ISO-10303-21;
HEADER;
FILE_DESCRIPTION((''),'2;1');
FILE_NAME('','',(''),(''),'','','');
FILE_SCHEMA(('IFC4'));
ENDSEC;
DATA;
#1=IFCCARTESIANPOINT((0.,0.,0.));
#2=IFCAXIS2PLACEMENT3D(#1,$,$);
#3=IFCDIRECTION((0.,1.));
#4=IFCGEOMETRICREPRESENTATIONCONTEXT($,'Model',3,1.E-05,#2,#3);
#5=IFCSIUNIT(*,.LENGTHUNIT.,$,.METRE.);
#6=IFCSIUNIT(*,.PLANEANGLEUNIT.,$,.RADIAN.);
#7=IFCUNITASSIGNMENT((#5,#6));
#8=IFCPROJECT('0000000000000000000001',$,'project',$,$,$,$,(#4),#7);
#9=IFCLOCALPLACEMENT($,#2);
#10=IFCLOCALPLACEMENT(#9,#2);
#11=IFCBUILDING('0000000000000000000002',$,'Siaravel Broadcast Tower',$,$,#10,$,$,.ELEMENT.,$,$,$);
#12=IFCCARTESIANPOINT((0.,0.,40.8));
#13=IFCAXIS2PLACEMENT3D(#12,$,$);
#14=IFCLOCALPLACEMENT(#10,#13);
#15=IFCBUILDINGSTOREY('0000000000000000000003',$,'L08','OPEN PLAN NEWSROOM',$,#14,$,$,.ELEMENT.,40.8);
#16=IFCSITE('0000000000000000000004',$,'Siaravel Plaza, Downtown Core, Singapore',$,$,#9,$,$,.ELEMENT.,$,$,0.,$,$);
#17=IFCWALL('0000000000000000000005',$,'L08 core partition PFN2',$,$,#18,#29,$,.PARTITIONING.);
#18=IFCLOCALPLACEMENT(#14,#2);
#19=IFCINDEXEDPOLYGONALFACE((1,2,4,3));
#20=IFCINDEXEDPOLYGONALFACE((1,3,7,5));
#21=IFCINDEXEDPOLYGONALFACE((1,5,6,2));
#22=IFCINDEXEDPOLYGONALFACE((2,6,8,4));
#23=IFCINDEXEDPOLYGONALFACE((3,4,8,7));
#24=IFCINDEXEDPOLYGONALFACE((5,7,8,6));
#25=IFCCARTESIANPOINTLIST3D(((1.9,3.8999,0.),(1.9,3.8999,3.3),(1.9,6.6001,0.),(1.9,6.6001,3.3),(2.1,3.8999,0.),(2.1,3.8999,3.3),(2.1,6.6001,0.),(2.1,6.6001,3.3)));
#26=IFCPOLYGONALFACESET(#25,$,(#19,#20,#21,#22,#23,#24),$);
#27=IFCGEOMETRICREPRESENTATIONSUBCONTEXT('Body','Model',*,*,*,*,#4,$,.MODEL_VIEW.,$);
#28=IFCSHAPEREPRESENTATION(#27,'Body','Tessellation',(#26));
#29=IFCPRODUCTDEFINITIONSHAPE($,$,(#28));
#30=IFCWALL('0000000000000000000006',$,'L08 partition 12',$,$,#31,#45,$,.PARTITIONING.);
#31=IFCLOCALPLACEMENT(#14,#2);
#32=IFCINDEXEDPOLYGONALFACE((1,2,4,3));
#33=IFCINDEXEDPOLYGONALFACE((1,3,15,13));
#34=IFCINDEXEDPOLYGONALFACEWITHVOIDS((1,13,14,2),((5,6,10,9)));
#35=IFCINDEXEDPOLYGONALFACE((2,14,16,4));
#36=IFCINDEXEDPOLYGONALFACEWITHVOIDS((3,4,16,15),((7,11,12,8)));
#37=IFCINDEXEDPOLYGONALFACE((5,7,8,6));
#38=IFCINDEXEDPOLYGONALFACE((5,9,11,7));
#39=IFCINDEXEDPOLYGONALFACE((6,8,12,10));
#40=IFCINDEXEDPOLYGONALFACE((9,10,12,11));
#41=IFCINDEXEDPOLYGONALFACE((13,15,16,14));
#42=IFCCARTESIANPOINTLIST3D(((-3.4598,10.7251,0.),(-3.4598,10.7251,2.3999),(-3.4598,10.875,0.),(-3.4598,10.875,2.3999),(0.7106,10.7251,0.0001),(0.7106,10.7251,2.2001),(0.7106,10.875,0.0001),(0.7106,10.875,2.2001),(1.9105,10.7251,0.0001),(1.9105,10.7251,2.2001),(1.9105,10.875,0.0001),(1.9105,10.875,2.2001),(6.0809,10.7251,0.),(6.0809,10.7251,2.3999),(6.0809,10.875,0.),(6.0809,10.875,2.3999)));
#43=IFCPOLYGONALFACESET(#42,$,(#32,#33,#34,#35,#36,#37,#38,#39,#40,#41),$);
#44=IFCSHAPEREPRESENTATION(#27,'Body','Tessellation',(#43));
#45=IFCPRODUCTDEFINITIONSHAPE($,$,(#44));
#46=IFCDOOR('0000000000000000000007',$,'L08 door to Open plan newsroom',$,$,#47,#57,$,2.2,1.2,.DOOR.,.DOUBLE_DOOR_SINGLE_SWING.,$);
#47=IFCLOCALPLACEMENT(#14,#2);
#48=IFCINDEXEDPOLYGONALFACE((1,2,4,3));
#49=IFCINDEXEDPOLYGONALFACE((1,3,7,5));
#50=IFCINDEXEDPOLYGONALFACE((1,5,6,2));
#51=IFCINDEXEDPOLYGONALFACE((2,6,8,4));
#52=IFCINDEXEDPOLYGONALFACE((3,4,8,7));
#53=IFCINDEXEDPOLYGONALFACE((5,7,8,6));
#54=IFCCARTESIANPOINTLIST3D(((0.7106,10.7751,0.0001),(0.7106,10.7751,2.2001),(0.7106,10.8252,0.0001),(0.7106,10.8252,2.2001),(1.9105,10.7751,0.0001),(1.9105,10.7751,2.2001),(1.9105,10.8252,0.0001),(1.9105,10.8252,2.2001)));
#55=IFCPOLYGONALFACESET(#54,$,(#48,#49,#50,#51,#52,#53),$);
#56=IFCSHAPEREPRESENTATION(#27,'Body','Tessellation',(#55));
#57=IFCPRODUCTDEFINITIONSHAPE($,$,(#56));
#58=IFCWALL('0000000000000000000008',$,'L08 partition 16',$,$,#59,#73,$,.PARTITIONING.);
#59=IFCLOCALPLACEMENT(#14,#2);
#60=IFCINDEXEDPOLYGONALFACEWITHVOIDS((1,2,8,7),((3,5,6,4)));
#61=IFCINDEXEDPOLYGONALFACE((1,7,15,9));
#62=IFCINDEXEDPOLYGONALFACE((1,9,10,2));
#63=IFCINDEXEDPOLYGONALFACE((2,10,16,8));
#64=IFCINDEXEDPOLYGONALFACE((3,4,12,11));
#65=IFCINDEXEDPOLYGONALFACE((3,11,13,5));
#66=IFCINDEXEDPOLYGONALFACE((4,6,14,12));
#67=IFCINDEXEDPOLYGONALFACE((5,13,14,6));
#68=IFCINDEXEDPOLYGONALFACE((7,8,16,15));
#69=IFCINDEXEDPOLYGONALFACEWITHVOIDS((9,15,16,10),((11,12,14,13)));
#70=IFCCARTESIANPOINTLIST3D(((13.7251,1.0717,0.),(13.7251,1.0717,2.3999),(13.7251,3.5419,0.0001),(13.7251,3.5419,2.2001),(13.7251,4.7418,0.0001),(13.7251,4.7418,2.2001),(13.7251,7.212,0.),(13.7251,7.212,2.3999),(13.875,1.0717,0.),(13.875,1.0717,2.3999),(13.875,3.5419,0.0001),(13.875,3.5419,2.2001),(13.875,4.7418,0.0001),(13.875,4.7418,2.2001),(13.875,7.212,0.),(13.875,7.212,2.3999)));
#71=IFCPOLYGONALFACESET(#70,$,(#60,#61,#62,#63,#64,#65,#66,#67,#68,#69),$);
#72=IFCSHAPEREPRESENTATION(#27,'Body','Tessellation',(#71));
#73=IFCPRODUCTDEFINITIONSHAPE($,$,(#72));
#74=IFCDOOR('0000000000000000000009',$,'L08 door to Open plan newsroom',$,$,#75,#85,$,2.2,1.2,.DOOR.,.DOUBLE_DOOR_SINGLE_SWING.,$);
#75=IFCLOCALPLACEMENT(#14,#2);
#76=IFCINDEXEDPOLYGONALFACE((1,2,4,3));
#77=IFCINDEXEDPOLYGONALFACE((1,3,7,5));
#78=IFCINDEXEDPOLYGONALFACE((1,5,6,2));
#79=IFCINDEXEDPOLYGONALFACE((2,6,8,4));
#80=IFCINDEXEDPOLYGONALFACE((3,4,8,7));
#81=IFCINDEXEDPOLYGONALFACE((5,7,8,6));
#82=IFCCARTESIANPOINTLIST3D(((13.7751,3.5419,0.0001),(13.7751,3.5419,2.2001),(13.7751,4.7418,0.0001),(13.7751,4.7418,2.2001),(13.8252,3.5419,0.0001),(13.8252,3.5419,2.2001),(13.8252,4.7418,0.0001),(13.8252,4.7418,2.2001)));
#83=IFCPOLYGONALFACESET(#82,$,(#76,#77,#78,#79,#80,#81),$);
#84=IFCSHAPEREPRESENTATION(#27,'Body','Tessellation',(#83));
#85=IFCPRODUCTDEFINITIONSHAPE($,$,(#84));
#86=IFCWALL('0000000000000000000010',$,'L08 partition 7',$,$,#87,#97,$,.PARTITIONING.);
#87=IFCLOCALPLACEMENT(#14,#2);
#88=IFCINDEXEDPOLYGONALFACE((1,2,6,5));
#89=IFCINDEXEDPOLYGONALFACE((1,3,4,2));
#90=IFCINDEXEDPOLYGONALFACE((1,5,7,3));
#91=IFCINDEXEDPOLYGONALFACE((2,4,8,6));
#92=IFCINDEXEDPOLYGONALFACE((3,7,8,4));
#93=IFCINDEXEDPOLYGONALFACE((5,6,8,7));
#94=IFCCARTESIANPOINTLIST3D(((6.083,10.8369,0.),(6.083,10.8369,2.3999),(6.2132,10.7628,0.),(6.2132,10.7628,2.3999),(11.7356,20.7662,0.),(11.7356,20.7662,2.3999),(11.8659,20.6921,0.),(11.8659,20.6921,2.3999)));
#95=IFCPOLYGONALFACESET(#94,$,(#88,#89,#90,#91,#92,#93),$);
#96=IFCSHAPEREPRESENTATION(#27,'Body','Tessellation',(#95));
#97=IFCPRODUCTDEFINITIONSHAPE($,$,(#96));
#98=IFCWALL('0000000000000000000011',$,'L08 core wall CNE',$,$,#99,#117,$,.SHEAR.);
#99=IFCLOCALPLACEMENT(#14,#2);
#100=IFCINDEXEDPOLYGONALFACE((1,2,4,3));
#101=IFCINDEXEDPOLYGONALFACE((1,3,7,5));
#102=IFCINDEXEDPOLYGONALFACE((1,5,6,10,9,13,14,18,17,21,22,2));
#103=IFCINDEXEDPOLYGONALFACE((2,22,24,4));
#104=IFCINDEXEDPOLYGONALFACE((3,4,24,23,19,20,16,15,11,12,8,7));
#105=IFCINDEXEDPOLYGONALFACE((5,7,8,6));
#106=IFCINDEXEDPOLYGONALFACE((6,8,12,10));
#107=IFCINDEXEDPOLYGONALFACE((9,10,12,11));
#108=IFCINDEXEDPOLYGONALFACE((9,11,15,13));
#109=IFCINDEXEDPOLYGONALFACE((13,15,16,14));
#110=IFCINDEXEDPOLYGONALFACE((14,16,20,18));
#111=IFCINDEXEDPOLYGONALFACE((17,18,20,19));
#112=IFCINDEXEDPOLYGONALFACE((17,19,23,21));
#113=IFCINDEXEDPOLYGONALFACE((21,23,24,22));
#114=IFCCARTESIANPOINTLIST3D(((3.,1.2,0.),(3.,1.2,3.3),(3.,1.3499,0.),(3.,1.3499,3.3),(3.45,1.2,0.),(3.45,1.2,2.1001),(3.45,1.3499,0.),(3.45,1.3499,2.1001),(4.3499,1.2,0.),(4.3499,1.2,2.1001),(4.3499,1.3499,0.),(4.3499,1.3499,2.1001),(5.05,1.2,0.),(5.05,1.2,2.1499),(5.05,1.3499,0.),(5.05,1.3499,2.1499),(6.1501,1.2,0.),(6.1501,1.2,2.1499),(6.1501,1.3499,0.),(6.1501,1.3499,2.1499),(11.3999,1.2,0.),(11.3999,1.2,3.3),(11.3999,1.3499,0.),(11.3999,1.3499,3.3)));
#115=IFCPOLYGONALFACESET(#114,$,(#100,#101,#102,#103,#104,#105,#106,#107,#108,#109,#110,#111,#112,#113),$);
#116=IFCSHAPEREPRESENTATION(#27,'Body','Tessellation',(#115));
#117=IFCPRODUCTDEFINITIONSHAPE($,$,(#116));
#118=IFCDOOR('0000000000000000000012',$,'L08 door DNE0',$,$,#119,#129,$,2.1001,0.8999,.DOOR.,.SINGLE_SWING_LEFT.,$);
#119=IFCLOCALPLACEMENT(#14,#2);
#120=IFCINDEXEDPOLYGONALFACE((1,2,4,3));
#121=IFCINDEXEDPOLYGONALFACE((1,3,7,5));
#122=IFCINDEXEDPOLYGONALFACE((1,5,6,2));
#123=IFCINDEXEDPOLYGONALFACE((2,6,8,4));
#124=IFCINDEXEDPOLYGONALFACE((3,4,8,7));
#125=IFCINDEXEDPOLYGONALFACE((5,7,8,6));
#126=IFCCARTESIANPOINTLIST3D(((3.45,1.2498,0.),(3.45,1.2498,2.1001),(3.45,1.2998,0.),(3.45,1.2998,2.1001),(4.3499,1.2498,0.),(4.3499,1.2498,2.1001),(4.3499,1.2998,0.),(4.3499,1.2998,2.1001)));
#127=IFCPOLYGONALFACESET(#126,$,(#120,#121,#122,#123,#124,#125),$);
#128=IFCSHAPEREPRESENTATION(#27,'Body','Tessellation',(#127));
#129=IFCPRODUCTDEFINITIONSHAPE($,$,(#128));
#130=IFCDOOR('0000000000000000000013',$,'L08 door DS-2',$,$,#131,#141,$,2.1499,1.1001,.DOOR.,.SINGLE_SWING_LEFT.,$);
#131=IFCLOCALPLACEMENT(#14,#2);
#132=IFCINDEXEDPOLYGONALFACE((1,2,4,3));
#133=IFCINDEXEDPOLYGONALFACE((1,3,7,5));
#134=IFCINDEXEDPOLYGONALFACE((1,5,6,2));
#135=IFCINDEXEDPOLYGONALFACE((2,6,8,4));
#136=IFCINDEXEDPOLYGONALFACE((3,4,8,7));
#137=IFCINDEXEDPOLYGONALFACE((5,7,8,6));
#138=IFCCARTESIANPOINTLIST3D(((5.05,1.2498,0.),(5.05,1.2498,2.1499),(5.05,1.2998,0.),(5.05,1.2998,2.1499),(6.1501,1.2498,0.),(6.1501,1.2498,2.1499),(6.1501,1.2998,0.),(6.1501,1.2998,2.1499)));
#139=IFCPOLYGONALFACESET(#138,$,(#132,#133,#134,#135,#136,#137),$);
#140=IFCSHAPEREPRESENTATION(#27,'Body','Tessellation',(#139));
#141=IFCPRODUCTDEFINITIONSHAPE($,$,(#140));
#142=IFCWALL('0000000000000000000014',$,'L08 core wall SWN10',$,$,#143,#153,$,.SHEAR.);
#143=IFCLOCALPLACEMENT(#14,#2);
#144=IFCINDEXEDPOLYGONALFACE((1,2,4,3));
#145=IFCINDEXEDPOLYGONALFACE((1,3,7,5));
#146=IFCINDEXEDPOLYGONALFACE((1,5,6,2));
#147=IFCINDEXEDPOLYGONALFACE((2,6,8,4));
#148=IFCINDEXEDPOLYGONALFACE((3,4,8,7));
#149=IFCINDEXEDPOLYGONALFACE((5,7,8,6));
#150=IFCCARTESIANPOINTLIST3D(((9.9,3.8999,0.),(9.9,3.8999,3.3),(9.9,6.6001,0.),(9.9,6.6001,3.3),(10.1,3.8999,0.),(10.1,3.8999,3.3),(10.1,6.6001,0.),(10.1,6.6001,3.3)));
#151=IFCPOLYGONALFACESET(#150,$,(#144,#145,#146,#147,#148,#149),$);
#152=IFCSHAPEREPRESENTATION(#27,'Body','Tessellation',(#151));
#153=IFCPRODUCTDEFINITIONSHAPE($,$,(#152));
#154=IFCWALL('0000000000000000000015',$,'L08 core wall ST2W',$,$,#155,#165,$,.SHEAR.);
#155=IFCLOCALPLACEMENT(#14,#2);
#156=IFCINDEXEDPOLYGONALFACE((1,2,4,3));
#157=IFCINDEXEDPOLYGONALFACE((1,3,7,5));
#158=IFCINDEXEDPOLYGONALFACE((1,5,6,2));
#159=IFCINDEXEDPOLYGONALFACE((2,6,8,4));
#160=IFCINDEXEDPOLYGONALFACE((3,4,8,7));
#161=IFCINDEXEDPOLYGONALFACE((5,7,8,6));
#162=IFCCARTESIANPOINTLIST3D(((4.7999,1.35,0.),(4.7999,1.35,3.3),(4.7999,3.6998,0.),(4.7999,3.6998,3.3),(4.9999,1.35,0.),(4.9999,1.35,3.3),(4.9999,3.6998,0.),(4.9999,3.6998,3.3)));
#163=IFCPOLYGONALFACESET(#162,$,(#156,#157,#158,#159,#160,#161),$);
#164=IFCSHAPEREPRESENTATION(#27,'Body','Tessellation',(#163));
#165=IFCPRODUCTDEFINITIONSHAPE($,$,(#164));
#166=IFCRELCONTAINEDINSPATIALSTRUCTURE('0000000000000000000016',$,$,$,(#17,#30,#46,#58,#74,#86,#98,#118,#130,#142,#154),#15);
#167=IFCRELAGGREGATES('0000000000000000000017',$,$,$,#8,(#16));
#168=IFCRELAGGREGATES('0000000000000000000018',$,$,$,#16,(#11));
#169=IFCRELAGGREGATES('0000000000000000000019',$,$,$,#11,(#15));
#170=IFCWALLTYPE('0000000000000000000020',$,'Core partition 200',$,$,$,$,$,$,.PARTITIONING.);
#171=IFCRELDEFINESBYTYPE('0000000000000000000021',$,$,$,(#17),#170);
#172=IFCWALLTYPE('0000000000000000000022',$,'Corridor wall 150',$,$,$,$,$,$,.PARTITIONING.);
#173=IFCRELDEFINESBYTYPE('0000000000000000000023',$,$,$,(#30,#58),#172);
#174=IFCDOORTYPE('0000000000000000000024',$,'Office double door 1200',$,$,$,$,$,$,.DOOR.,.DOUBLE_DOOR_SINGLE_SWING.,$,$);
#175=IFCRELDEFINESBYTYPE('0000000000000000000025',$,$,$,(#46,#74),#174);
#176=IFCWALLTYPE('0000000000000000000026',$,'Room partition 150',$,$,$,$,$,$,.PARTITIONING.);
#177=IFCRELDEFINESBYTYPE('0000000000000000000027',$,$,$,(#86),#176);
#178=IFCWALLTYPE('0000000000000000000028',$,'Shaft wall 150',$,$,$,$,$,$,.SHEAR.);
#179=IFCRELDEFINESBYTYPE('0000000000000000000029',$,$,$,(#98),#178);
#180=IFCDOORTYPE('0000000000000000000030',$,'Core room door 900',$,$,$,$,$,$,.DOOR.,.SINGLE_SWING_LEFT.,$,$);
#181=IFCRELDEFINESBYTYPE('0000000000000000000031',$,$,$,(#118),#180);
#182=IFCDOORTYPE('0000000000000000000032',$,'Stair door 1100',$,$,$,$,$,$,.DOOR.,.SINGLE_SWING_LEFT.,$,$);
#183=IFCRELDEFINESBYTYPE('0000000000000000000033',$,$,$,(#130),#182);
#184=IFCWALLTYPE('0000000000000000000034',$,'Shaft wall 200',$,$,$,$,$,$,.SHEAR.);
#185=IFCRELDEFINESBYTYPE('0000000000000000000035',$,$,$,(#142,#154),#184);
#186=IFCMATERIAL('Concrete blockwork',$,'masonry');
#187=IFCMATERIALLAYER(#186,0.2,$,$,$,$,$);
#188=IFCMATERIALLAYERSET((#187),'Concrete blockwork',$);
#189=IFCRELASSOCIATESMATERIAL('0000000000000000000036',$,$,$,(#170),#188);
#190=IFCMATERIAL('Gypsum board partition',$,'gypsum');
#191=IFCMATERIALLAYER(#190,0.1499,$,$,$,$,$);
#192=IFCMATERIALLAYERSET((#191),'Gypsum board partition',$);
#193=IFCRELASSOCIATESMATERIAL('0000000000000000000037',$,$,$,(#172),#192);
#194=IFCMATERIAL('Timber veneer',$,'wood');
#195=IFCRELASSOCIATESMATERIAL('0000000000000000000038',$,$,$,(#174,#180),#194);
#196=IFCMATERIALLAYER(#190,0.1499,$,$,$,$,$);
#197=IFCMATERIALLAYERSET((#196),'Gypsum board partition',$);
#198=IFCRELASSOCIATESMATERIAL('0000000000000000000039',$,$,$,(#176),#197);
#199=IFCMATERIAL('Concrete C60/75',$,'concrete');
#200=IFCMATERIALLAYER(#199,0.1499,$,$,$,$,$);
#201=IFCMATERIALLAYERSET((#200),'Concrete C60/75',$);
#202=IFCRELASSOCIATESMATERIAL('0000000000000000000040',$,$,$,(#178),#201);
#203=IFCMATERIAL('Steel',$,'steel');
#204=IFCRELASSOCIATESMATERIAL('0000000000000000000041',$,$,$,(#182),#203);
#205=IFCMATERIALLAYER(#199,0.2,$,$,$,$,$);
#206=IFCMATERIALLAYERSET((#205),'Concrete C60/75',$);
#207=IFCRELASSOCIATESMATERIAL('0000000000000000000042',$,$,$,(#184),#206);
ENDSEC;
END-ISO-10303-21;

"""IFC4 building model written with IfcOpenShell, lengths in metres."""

from ifc_helpers import new_model, si_unit, direction, frame, frame_2d, origin, place, context, subcontext, project, spatial, rectangle, extrude, material, layer, layer_set, type_object, element, fill, save


model = new_model("IFC4")

# Units and contexts
model_context = context("Model", 3, precision=1e-05, world=origin(), true_north=direction((0.0, 1.0)))
body_context = subcontext(model_context, "Body", "Model", "MODEL_VIEW")
ifc_project = project(units=[si_unit("LENGTHUNIT", "METRE"), si_unit("PLANEANGLEUNIT", "RADIAN")], contexts=[model_context])

# Site, building, storey
site_placement = place(None, origin())
site = spatial("IfcSite", under=ifc_project, at=site_placement, Name="Siaravel Plaza, Downtown Core, Singapore", CompositionType="ELEMENT", RefElevation=0.0)
building_placement = place(site_placement, origin())
building = spatial("IfcBuilding", under=site, at=building_placement, Name="Siaravel Broadcast Tower", CompositionType="ELEMENT")
storey_placement = place(building_placement, frame((0.0, 0.0, 40.8)))
storey = spatial("IfcBuildingStorey", under=building, at=storey_placement, Name="L08", Description="OPEN PLAN NEWSROOM", CompositionType="ELEMENT", Elevation=40.8)

# Wall
ifc_material_1 = material(Name="Concrete blockwork", Category="masonry")
ifc_layer_1 = layer(ifc_material_1, 0.2)
ifc_layer_set_1 = layer_set([ifc_layer_1], Name="Concrete blockwork")
wall_type_1 = type_object("IfcWallType", Name="Core partition 200", PredefinedType="PARTITIONING", material=ifc_layer_set_1)
wall_1_placement = place(storey_placement, frame((2.0, 3.8999, 0.0), z_axis=(0.0, 0.0, 1.0), x_axis=(0.0, 1.0, 0.0)))
element("IfcWall", 1, at=wall_1_placement, inside=storey, type_object=wall_type_1, Name="L08 core partition PFN2", PredefinedType="PARTITIONING", context=body_context, shape_type="SweptSolid", body=[
    extrude(rectangle(XDim=2.7002, YDim=0.2, at=frame_2d((1.3501, 0.0))), origin(), (0.0, 0.0, 1.0), 3.3),
])

# Walls, openings, doors
ifc_material_2 = material(Name="Gypsum board partition", Category="gypsum")
ifc_layer_2 = layer(ifc_material_2, 0.1499)
ifc_layer_set_2 = layer_set([ifc_layer_2], Name="Gypsum board partition")
wall_type_2 = type_object("IfcWallType", Name="Corridor wall 150", PredefinedType="PARTITIONING", material=ifc_layer_set_2)
wall_2_placement = place(storey_placement, frame((6.0811, 10.8, 0.0), z_axis=(0.0, 0.0, 1.0), x_axis=(-1.0, 0.0, 0.0)))
wall_2 = element("IfcWall", 2, at=wall_2_placement, inside=storey, type_object=wall_type_2, Name="L08 partition 12", PredefinedType="PARTITIONING", context=body_context, shape_type="SweptSolid", body=[
    extrude(rectangle(XDim=9.5408, YDim=0.1499, at=frame_2d((4.7705, 0.0))), origin(), (0.0, 0.0, 1.0), 2.3999),
])
opening_1_placement = place(wall_2_placement, frame((4.1704, 0.0, 0.0)))
opening_1 = element("IfcOpeningElement", 3, at=opening_1_placement, cuts=wall_2, PredefinedType="OPENING", context=body_context, shape_type="SweptSolid", body=[
    extrude(rectangle(XDim=1.2, YDim=2.2, at=frame_2d((0.6001, 1.1001))), frame((0.0, 0.085, 0.0), z_axis=(0.0, -1.0, 0.0), x_axis=(1.0, 0.0, 0.0)), (0.0, 0.0, 1.0), 0.1699),
])
ifc_material_3 = material(Name="Timber veneer", Category="wood")
door_type_1 = type_object("IfcDoorType", Name="Office double door 1200", OperationType="DOUBLE_DOOR_SINGLE_SWING", PredefinedType="DOOR", material=ifc_material_3)
door_1_placement = place(opening_1_placement, origin())
door_1 = element("IfcDoor", 4, at=door_1_placement, inside=storey, type_object=door_type_1, Name="L08 door to Open plan newsroom", OperationType="DOUBLE_DOOR_SINGLE_SWING", OverallHeight=2.2, OverallWidth=1.2, PredefinedType="DOOR", context=body_context, shape_type="SweptSolid", body=[
    extrude(rectangle(XDim=1.2, YDim=2.2, at=frame_2d((0.6001, 1.1001))), frame((0.0, 0.0249, 0.0), z_axis=(0.0, -1.0, 0.0), x_axis=(1.0, 0.0, 0.0)), (0.0, 0.0, 1.0), 0.05),
])
fill(opening_1, door_1)
wall_3_placement = place(storey_placement, frame((13.8, 1.0715, 0.0), z_axis=(0.0, 0.0, 1.0), x_axis=(0.0, 1.0, 0.0)))
wall_3 = element("IfcWall", 5, at=wall_3_placement, inside=storey, type_object=wall_type_2, Name="L08 partition 16", PredefinedType="PARTITIONING", context=body_context, shape_type="SweptSolid", body=[
    extrude(rectangle(XDim=6.1404, YDim=0.1499, at=frame_2d((3.0703, 0.0))), origin(), (0.0, 0.0, 1.0), 2.3999),
])
opening_2_placement = place(wall_3_placement, frame((2.4702, 0.0, 0.0)))
opening_2 = element("IfcOpeningElement", 6, at=opening_2_placement, cuts=wall_3, PredefinedType="OPENING", context=body_context, shape_type="SweptSolid", body=[
    extrude(rectangle(XDim=1.2, YDim=2.2, at=frame_2d((0.6001, 1.1001))), frame((0.0, 0.085, 0.0), z_axis=(0.0, -1.0, 0.0), x_axis=(1.0, 0.0, 0.0)), (0.0, 0.0, 1.0), 0.1699),
])
door_2_placement = place(opening_2_placement, origin())
door_2 = element("IfcDoor", 7, at=door_2_placement, inside=storey, type_object=door_type_1, Name="L08 door to Open plan newsroom", OperationType="DOUBLE_DOOR_SINGLE_SWING", OverallHeight=2.2, OverallWidth=1.2, PredefinedType="DOOR", context=body_context, shape_type="SweptSolid", body=[
    extrude(rectangle(XDim=1.2, YDim=2.2, at=frame_2d((0.6001, 1.1001))), frame((0.0, 0.0249, 0.0), z_axis=(0.0, -1.0, 0.0), x_axis=(1.0, 0.0, 0.0)), (0.0, 0.0, 1.0), 0.05),
])
fill(opening_2, door_2)

# Wall
ifc_layer_3 = layer(ifc_material_2, 0.1499)
ifc_layer_set_3 = layer_set([ifc_layer_3], Name="Gypsum board partition")
wall_type_3 = type_object("IfcWallType", Name="Room partition 150", PredefinedType="PARTITIONING", material=ifc_layer_set_3)
wall_4_placement = place(storey_placement, frame((11.8008, 20.7292, 0.0), z_axis=(0.0, 0.0, 1.0), x_axis=(-0.494737, -0.869043, 0.0)))
element("IfcWall", 8, at=wall_4_placement, inside=storey, type_object=wall_type_3, Name="L08 partition 7", PredefinedType="PARTITIONING", context=body_context, shape_type="SweptSolid", body=[
    extrude(rectangle(XDim=11.4255, YDim=0.1499, at=frame_2d((5.7129, 0.0))), origin(), (0.0, 0.0, 1.0), 2.3999),
])

# Wall, openings, doors
ifc_material_4 = material(Name="Concrete C60/75", Category="concrete")
ifc_layer_4 = layer(ifc_material_4, 0.1499)
ifc_layer_set_4 = layer_set([ifc_layer_4], Name="Concrete C60/75")
wall_type_4 = type_object("IfcWallType", Name="Shaft wall 150", PredefinedType="SHEAR", material=ifc_layer_set_4)
wall_5_placement = place(storey_placement, frame((3.0, 1.2749, 0.0), z_axis=(0.0, 0.0, 1.0), x_axis=(1.0, 0.0, 0.0)))
wall_5 = element("IfcWall", 9, at=wall_5_placement, inside=storey, type_object=wall_type_4, Name="L08 core wall CNE", PredefinedType="SHEAR", context=body_context, shape_type="SweptSolid", body=[
    extrude(rectangle(XDim=8.3999, YDim=0.1499, at=frame_2d((4.2, 0.0))), origin(), (0.0, 0.0, 1.0), 3.3),
])
opening_3_placement = place(wall_5_placement, frame((2.05, 0.0, 0.0)))
opening_3 = element("IfcOpeningElement", 10, at=opening_3_placement, cuts=wall_5, PredefinedType="OPENING", context=body_context, shape_type="SweptSolid", body=[
    extrude(rectangle(XDim=1.1001, YDim=2.1499, at=frame_2d((0.55, 1.075))), frame((0.0, 0.085, 0.0), z_axis=(0.0, -1.0, 0.0), x_axis=(1.0, 0.0, 0.0)), (0.0, 0.0, 1.0), 0.1699),
])
opening_4_placement = place(wall_5_placement, frame((0.45, 0.0, 0.0)))
opening_4 = element("IfcOpeningElement", 11, at=opening_4_placement, cuts=wall_5, PredefinedType="OPENING", context=body_context, shape_type="SweptSolid", body=[
    extrude(rectangle(XDim=0.8999, YDim=2.1001, at=frame_2d((0.45, 1.05))), frame((0.0, 0.085, 0.0), z_axis=(0.0, -1.0, 0.0), x_axis=(1.0, 0.0, 0.0)), (0.0, 0.0, 1.0), 0.1699),
])
door_type_2 = type_object("IfcDoorType", Name="Core room door 900", OperationType="SINGLE_SWING_LEFT", PredefinedType="DOOR", material=ifc_material_3)
door_3_placement = place(opening_4_placement, origin())
door_3 = element("IfcDoor", 12, at=door_3_placement, inside=storey, type_object=door_type_2, Name="L08 door DNE0", OperationType="SINGLE_SWING_LEFT", OverallHeight=2.1001, OverallWidth=0.8999, PredefinedType="DOOR", context=body_context, shape_type="SweptSolid", body=[
    extrude(rectangle(XDim=0.8999, YDim=2.1001, at=frame_2d((0.45, 1.05))), frame((0.0, 0.0249, 0.0), z_axis=(0.0, -1.0, 0.0), x_axis=(1.0, 0.0, 0.0)), (0.0, 0.0, 1.0), 0.05),
])
fill(opening_4, door_3)
ifc_material_5 = material(Name="Steel", Category="steel")
door_type_3 = type_object("IfcDoorType", Name="Stair door 1100", OperationType="SINGLE_SWING_LEFT", PredefinedType="DOOR", material=ifc_material_5)
door_4_placement = place(opening_3_placement, origin())
door_4 = element("IfcDoor", 13, at=door_4_placement, inside=storey, type_object=door_type_3, Name="L08 door DS-2", OperationType="SINGLE_SWING_LEFT", OverallHeight=2.1499, OverallWidth=1.1001, PredefinedType="DOOR", context=body_context, shape_type="SweptSolid", body=[
    extrude(rectangle(XDim=1.1001, YDim=2.1499, at=frame_2d((0.55, 1.075))), frame((0.0, 0.0249, 0.0), z_axis=(0.0, -1.0, 0.0), x_axis=(1.0, 0.0, 0.0)), (0.0, 0.0, 1.0), 0.05),
])
fill(opening_3, door_4)

# Walls
ifc_layer_5 = layer(ifc_material_4, 0.2)
ifc_layer_set_5 = layer_set([ifc_layer_5], Name="Concrete C60/75")
wall_type_5 = type_object("IfcWallType", Name="Shaft wall 200", PredefinedType="SHEAR", material=ifc_layer_set_5)
wall_6_placement = place(storey_placement, frame((10.0, 3.8999, 0.0), z_axis=(0.0, 0.0, 1.0), x_axis=(0.0, 1.0, 0.0)))
element("IfcWall", 14, at=wall_6_placement, inside=storey, type_object=wall_type_5, Name="L08 core wall SWN10", PredefinedType="SHEAR", context=body_context, shape_type="SweptSolid", body=[
    extrude(rectangle(XDim=2.7002, YDim=0.2, at=frame_2d((1.3501, 0.0))), origin(), (0.0, 0.0, 1.0), 3.3),
])
wall_7_placement = place(storey_placement, frame((4.8999, 1.3501, 0.0), z_axis=(0.0, 0.0, 1.0), x_axis=(0.0, 1.0, 0.0)))
element("IfcWall", 15, at=wall_7_placement, inside=storey, type_object=wall_type_5, Name="L08 core wall ST2W", PredefinedType="SHEAR", context=body_context, shape_type="SweptSolid", body=[
    extrude(rectangle(XDim=2.3499, YDim=0.2, at=frame_2d((1.1748, 0.0))), origin(), (0.0, 0.0, 1.0), 3.3),
])

save(model, "model.ifc")
